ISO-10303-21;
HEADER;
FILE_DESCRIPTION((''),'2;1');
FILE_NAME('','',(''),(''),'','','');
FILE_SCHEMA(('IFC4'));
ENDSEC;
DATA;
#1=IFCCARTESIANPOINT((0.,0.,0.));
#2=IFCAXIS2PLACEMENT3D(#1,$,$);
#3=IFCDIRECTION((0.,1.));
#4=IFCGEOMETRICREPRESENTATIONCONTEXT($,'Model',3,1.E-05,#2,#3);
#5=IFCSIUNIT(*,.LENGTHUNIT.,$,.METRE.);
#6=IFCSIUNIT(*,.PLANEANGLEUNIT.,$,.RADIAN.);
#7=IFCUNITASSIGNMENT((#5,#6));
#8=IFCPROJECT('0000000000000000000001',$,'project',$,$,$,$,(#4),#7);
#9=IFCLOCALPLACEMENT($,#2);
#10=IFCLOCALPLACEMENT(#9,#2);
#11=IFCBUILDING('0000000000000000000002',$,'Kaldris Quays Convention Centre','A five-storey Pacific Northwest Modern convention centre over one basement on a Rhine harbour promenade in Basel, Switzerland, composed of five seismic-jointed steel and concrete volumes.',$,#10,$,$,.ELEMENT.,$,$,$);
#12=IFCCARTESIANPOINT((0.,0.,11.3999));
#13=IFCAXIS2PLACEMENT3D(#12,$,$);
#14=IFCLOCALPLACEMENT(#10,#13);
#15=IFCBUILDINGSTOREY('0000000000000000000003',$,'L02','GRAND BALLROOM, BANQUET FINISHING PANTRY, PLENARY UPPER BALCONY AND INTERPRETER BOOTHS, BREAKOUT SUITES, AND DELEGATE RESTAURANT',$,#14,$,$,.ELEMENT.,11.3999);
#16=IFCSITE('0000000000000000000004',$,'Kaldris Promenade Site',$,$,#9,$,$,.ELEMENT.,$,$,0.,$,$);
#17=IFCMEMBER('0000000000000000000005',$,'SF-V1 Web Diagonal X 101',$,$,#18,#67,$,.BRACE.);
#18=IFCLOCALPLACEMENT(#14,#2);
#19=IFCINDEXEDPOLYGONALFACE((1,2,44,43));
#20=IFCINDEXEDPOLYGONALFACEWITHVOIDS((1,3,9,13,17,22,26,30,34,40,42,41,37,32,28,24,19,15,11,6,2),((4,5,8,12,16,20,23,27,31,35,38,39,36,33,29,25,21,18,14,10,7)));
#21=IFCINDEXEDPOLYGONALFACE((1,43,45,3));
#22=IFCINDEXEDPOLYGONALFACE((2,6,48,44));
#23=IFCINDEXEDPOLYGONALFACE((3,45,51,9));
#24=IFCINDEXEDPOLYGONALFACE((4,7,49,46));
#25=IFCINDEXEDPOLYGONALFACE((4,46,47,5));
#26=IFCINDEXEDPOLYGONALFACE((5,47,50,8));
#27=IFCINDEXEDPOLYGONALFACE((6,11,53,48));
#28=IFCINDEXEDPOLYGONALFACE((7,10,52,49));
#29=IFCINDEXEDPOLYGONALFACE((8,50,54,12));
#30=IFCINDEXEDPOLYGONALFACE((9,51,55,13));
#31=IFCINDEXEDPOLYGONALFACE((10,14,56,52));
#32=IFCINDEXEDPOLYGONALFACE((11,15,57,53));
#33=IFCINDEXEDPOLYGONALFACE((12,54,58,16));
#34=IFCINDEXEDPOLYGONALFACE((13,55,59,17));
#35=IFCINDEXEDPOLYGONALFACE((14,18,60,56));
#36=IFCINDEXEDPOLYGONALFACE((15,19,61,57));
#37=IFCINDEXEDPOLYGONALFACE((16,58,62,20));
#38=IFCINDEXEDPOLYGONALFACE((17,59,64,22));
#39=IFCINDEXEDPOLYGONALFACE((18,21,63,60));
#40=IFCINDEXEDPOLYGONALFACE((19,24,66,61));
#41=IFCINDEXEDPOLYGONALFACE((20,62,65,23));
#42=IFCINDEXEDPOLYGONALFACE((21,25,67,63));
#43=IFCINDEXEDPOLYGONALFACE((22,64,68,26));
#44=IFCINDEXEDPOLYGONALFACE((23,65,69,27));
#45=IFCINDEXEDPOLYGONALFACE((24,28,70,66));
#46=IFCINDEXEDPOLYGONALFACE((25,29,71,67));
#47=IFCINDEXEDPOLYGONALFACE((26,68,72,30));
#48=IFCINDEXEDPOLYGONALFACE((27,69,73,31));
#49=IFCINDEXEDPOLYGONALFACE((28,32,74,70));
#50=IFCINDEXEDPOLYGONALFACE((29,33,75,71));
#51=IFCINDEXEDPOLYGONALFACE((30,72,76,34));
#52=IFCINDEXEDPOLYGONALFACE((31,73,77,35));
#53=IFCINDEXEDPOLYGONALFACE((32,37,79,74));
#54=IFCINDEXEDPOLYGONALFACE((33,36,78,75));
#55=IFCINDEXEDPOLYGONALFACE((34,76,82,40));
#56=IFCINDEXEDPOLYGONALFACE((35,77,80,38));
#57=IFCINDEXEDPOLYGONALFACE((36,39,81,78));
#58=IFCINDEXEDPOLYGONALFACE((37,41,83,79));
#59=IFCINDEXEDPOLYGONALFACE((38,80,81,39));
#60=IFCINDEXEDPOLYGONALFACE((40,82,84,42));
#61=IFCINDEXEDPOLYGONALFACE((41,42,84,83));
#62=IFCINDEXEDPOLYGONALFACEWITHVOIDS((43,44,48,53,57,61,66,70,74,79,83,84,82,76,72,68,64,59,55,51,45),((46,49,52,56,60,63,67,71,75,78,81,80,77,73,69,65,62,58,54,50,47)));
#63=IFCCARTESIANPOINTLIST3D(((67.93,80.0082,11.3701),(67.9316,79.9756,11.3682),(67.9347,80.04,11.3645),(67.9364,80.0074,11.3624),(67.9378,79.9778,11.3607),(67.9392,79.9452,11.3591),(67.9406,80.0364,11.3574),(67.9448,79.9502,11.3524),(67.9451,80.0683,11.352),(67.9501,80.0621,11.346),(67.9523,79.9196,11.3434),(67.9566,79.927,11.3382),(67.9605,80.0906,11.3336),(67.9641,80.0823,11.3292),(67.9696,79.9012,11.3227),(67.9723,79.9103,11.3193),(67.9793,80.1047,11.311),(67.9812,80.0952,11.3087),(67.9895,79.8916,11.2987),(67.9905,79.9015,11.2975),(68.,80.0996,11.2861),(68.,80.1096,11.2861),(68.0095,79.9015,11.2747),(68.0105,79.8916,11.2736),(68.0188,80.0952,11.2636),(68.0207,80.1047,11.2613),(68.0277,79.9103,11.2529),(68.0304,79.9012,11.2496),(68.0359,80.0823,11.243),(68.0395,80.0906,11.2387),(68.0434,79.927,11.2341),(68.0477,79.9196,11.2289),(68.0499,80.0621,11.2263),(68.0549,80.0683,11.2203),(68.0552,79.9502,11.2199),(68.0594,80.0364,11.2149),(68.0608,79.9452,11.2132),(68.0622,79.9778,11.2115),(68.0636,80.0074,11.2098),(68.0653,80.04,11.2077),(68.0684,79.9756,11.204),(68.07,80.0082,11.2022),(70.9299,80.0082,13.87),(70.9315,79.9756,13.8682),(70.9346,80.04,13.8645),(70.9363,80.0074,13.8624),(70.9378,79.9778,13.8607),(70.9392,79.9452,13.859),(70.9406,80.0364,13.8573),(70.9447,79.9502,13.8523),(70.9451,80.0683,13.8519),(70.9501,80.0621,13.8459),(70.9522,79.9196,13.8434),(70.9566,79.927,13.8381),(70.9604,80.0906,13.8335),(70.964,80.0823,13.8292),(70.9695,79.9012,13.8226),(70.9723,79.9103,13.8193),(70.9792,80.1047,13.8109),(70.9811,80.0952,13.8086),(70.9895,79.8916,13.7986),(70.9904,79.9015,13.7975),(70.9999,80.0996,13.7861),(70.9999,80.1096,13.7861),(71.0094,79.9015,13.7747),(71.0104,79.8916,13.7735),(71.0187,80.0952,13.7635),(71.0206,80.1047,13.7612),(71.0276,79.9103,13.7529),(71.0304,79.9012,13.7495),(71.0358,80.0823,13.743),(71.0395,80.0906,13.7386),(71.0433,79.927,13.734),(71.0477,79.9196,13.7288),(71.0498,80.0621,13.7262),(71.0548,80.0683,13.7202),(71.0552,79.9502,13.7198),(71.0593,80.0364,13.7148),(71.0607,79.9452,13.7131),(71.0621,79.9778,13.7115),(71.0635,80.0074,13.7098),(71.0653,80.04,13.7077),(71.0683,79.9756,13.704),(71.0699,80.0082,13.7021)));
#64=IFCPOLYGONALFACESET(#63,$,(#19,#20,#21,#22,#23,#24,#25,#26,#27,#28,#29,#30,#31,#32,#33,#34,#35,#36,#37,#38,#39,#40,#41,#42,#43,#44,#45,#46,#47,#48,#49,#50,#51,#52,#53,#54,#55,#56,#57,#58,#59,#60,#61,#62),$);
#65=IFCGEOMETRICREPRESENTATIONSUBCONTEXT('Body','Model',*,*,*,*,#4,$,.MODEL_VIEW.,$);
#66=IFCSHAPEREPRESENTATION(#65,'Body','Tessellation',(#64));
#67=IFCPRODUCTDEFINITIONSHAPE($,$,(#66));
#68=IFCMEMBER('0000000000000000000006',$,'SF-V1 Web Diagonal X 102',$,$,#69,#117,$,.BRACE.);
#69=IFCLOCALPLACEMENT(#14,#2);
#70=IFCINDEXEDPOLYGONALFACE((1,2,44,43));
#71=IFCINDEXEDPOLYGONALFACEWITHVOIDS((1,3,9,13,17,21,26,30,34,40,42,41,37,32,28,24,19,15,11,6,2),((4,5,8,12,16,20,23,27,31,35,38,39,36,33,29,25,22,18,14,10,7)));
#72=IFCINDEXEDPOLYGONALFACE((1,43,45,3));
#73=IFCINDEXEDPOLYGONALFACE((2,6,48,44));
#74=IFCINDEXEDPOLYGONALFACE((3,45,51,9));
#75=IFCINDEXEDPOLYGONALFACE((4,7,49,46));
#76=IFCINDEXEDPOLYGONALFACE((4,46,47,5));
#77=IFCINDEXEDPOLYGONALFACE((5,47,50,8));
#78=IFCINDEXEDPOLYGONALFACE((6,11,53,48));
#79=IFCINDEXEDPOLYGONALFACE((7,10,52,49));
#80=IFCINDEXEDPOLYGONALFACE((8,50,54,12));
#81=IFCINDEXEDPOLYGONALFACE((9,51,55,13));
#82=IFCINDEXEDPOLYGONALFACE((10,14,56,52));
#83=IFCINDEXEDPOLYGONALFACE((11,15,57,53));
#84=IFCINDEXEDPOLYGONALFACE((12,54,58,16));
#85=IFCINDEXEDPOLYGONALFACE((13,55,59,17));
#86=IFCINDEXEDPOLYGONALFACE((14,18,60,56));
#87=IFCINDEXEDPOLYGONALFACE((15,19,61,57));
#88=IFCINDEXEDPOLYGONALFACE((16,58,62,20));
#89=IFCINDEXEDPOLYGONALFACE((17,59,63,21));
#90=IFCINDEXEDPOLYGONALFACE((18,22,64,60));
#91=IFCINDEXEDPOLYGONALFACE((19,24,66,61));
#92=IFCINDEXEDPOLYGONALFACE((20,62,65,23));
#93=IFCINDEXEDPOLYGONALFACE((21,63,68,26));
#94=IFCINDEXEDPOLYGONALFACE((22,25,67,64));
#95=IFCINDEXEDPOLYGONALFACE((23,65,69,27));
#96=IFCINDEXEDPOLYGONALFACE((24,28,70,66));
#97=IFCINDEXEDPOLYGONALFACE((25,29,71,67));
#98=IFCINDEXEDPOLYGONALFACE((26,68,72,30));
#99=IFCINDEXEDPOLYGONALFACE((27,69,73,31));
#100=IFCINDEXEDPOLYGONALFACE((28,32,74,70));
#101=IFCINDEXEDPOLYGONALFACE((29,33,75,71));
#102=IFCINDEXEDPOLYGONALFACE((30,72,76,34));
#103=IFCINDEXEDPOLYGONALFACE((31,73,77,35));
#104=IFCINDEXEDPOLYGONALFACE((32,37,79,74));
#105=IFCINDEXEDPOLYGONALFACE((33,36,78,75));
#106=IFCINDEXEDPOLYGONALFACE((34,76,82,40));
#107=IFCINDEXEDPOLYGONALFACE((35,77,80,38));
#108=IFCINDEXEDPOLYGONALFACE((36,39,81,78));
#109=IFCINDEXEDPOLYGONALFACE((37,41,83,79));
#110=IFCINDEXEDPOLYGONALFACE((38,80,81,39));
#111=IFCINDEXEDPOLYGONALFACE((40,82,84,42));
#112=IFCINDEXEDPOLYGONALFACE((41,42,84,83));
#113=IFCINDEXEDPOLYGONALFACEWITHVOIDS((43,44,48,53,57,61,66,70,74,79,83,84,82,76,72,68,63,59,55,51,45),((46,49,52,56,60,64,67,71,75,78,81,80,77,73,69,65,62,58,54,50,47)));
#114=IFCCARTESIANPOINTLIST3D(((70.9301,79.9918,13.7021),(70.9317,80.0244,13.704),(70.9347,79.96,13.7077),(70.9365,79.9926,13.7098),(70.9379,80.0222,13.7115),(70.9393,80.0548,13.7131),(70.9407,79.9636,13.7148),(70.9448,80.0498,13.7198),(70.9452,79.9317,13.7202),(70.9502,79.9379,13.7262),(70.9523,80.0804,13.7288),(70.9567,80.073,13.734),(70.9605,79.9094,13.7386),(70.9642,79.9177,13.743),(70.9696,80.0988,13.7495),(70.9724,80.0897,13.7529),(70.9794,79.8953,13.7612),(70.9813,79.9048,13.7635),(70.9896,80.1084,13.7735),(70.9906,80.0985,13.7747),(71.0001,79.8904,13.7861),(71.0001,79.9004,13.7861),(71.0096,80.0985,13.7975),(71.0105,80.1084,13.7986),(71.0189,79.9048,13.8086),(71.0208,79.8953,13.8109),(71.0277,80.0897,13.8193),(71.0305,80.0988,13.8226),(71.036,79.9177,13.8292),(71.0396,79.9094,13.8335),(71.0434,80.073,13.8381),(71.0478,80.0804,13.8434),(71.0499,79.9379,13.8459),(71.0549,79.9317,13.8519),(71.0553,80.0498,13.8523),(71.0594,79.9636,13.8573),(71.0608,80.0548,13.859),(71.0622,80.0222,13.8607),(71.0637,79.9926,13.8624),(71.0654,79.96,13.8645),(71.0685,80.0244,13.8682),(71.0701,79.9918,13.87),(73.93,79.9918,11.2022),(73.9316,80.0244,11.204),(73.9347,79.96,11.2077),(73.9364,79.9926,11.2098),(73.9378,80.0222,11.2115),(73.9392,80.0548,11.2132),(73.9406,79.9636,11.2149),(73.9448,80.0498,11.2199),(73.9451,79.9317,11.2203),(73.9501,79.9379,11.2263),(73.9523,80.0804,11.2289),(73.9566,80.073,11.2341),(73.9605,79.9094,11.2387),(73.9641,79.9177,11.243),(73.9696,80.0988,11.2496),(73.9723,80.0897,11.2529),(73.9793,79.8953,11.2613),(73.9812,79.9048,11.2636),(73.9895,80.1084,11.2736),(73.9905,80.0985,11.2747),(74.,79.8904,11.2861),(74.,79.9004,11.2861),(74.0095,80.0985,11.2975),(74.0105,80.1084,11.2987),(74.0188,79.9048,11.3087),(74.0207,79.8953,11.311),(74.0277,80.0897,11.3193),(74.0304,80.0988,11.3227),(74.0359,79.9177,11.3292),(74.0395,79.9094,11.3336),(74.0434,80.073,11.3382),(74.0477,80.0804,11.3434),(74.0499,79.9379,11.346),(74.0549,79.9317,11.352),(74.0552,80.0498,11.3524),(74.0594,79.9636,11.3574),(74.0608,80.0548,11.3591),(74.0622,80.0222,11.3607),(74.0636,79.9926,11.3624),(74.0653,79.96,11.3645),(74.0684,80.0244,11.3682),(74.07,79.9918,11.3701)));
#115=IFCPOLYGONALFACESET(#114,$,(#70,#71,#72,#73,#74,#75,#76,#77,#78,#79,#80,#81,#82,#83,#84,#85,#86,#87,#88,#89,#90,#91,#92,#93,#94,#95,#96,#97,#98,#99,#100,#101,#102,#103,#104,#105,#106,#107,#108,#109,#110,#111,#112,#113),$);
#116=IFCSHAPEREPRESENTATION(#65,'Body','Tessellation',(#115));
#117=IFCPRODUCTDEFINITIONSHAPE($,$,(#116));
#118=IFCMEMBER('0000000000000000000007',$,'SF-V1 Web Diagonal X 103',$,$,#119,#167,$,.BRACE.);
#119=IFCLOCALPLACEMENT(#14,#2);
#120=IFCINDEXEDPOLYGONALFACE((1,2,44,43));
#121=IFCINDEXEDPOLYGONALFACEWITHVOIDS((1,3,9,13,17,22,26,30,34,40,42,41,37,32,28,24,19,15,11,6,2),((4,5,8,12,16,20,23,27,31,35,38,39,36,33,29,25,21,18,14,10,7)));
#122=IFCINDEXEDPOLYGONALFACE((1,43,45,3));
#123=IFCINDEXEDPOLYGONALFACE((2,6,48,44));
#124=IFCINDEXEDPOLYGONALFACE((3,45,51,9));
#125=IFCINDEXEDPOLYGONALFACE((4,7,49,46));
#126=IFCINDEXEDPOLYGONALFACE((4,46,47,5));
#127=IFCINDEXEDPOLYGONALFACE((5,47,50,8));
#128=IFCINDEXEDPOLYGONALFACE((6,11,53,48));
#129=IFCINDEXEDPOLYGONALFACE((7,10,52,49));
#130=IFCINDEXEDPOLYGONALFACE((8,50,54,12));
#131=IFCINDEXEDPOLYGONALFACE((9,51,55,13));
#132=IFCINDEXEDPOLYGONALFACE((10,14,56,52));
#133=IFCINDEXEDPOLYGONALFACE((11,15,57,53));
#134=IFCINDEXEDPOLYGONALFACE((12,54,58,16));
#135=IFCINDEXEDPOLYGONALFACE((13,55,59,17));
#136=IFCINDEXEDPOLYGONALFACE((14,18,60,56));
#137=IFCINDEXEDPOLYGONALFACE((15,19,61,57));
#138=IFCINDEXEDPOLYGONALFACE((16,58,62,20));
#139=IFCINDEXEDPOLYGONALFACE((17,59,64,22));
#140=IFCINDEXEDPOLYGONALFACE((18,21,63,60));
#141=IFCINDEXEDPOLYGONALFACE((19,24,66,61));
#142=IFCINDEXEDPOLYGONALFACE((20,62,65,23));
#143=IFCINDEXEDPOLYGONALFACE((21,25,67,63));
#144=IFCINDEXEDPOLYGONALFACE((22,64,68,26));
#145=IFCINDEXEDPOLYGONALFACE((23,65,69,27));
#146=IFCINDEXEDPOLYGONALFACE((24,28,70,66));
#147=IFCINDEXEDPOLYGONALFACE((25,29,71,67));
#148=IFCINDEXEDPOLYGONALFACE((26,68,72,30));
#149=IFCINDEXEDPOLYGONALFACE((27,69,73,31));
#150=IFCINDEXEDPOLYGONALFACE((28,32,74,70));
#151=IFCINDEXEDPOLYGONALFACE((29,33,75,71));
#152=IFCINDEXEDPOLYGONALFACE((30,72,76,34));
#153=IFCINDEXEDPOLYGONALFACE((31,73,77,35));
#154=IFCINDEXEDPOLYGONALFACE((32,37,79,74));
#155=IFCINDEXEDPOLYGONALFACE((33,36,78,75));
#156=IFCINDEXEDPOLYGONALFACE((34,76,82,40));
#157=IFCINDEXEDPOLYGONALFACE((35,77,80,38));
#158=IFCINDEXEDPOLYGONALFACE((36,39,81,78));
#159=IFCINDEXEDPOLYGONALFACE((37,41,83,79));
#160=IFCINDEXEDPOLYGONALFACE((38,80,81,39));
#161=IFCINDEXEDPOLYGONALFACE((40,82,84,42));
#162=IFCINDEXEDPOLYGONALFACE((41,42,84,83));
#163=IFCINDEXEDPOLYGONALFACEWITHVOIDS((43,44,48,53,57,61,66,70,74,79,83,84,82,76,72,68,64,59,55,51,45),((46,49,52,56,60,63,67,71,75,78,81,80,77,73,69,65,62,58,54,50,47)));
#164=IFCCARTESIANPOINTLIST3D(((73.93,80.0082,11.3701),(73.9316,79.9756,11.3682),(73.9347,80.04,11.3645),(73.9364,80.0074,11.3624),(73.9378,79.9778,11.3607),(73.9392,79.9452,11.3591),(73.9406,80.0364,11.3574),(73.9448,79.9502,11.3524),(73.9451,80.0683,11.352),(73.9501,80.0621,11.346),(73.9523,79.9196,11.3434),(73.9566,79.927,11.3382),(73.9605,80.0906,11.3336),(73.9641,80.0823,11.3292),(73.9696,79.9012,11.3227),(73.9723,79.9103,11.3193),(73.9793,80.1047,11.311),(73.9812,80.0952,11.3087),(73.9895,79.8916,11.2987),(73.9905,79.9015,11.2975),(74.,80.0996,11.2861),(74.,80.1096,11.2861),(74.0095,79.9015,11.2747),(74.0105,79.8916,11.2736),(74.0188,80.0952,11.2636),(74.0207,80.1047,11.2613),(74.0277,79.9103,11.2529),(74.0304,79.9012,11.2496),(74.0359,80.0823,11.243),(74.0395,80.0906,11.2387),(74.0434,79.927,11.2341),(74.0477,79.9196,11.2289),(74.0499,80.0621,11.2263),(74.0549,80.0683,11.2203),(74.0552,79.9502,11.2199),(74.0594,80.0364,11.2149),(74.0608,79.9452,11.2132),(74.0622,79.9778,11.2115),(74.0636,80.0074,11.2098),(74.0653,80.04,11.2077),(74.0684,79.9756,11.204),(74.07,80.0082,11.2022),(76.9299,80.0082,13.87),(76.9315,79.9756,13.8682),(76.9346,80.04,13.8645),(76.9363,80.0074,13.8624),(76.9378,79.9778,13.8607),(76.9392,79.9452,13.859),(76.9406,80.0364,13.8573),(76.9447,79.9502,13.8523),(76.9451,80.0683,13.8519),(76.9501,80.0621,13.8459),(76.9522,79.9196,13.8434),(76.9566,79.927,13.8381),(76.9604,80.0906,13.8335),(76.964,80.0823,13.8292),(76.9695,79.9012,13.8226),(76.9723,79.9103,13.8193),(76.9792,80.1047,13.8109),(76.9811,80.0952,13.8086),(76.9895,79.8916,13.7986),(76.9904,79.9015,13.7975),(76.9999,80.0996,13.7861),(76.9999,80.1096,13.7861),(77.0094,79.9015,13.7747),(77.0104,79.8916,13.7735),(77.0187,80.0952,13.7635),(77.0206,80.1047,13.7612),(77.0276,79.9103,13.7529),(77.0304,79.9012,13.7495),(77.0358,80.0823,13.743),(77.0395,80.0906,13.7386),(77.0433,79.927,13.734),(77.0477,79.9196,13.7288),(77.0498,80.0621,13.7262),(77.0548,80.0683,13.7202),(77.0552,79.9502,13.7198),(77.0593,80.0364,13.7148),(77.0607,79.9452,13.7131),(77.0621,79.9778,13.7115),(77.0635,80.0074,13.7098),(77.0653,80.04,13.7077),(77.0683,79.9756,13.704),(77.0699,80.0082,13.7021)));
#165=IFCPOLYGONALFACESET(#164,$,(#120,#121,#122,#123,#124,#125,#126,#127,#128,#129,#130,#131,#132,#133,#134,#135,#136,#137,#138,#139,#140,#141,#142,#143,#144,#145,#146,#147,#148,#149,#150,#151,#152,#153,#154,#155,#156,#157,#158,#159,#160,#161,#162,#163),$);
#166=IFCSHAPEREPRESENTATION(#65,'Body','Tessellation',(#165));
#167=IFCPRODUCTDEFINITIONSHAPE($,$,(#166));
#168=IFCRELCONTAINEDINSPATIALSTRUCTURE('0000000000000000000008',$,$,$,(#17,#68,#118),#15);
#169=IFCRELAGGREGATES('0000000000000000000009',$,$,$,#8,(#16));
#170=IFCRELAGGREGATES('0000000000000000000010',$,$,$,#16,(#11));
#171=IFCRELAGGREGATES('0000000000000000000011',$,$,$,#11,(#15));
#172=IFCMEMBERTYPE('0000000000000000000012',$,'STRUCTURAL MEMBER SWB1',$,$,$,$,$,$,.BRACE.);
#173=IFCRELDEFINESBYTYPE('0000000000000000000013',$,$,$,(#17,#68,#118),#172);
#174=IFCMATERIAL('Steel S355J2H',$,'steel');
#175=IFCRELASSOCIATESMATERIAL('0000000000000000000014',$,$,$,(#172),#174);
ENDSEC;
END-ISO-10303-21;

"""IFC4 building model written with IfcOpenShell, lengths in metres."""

from ifc_helpers import new_model, si_unit, direction, frame, origin, origin_2d, place, context, subcontext, project, spatial, hollow_circle, extrude, material, material_profile, profile_set, type_object, element, save


model = new_model("IFC4")

# Units and contexts
model_context = context("Model", 3, precision=1e-05, world=origin(), true_north=direction((0.0, 1.0)))
body_context = subcontext(model_context, "Body", "Model", "MODEL_VIEW")
ifc_project = project(units=[si_unit("LENGTHUNIT", "METRE"), si_unit("PLANEANGLEUNIT", "RADIAN")], contexts=[model_context])

# Site, building, storey
site_placement = place(None, origin())
site = spatial("IfcSite", under=ifc_project, at=site_placement, Name="Kaldris Promenade Site", CompositionType="ELEMENT", RefElevation=0.0)
building_placement = place(site_placement, origin())
building = spatial("IfcBuilding", under=site, at=building_placement, Name="Kaldris Quays Convention Centre", Description="A five-storey Pacific Northwest Modern convention centre over one basement on a Rhine harbour promenade in Basel, Switzerland, composed of five seismic-jointed steel and concrete volumes.", CompositionType="ELEMENT")
storey_placement = place(building_placement, frame((0.0, 0.0, 11.3999)))
storey = spatial("IfcBuildingStorey", under=building, at=storey_placement, Name="L02", Description="GRAND BALLROOM, BANQUET FINISHING PANTRY, PLENARY UPPER BALCONY AND INTERPRETER BOOTHS, BREAKOUT SUITES, AND DELEGATE RESTAURANT", CompositionType="ELEMENT", Elevation=11.3999)

# Members
ifc_material_1 = material(Name="Steel S355J2H", Category="steel")
ifc_material_profile_1 = material_profile(ifc_material_1, hollow_circle(Radius=0.1096, WallThickness=0.01, at=origin_2d()), Name="CHS 219.1x10")
ifc_profile_set_1 = profile_set([ifc_material_profile_1], Name="Steel S355J2H")
member_type_1 = type_object("IfcMemberType", Name="STRUCTURAL MEMBER SWB1", PredefinedType="BRACE", material=ifc_profile_set_1)
for number, where, z_axis, x_axis, name in (
    (1, (68.0, 80.0, 11.2861), (0.768221, 0.0, 0.640184), (0.0, 1.0, 0.0), "SF-V1 Web Diagonal X 101"),
    (2, (74.0, 80.0, 11.2861), (-0.768221, 0.0, 0.640184), (0.0, -1.0, 0.0), "SF-V1 Web Diagonal X 102"),
    (3, (74.0, 80.0, 11.2861), (0.768221, 0.0, 0.640184), (0.0, 1.0, 0.0), "SF-V1 Web Diagonal X 103"),
):
    element("IfcMember", number, at=place(storey_placement, frame(where, z_axis=z_axis, x_axis=x_axis)), inside=storey, type_object=member_type_1, Name=name, PredefinedType="BRACE", context=body_context, shape_type="SweptSolid", body=[
        extrude(hollow_circle(Radius=0.1096, WallThickness=0.01, at=origin_2d()), origin(), (0.0, 0.0, 1.0), 3.905),
    ])

save(model, "model.ifc")
